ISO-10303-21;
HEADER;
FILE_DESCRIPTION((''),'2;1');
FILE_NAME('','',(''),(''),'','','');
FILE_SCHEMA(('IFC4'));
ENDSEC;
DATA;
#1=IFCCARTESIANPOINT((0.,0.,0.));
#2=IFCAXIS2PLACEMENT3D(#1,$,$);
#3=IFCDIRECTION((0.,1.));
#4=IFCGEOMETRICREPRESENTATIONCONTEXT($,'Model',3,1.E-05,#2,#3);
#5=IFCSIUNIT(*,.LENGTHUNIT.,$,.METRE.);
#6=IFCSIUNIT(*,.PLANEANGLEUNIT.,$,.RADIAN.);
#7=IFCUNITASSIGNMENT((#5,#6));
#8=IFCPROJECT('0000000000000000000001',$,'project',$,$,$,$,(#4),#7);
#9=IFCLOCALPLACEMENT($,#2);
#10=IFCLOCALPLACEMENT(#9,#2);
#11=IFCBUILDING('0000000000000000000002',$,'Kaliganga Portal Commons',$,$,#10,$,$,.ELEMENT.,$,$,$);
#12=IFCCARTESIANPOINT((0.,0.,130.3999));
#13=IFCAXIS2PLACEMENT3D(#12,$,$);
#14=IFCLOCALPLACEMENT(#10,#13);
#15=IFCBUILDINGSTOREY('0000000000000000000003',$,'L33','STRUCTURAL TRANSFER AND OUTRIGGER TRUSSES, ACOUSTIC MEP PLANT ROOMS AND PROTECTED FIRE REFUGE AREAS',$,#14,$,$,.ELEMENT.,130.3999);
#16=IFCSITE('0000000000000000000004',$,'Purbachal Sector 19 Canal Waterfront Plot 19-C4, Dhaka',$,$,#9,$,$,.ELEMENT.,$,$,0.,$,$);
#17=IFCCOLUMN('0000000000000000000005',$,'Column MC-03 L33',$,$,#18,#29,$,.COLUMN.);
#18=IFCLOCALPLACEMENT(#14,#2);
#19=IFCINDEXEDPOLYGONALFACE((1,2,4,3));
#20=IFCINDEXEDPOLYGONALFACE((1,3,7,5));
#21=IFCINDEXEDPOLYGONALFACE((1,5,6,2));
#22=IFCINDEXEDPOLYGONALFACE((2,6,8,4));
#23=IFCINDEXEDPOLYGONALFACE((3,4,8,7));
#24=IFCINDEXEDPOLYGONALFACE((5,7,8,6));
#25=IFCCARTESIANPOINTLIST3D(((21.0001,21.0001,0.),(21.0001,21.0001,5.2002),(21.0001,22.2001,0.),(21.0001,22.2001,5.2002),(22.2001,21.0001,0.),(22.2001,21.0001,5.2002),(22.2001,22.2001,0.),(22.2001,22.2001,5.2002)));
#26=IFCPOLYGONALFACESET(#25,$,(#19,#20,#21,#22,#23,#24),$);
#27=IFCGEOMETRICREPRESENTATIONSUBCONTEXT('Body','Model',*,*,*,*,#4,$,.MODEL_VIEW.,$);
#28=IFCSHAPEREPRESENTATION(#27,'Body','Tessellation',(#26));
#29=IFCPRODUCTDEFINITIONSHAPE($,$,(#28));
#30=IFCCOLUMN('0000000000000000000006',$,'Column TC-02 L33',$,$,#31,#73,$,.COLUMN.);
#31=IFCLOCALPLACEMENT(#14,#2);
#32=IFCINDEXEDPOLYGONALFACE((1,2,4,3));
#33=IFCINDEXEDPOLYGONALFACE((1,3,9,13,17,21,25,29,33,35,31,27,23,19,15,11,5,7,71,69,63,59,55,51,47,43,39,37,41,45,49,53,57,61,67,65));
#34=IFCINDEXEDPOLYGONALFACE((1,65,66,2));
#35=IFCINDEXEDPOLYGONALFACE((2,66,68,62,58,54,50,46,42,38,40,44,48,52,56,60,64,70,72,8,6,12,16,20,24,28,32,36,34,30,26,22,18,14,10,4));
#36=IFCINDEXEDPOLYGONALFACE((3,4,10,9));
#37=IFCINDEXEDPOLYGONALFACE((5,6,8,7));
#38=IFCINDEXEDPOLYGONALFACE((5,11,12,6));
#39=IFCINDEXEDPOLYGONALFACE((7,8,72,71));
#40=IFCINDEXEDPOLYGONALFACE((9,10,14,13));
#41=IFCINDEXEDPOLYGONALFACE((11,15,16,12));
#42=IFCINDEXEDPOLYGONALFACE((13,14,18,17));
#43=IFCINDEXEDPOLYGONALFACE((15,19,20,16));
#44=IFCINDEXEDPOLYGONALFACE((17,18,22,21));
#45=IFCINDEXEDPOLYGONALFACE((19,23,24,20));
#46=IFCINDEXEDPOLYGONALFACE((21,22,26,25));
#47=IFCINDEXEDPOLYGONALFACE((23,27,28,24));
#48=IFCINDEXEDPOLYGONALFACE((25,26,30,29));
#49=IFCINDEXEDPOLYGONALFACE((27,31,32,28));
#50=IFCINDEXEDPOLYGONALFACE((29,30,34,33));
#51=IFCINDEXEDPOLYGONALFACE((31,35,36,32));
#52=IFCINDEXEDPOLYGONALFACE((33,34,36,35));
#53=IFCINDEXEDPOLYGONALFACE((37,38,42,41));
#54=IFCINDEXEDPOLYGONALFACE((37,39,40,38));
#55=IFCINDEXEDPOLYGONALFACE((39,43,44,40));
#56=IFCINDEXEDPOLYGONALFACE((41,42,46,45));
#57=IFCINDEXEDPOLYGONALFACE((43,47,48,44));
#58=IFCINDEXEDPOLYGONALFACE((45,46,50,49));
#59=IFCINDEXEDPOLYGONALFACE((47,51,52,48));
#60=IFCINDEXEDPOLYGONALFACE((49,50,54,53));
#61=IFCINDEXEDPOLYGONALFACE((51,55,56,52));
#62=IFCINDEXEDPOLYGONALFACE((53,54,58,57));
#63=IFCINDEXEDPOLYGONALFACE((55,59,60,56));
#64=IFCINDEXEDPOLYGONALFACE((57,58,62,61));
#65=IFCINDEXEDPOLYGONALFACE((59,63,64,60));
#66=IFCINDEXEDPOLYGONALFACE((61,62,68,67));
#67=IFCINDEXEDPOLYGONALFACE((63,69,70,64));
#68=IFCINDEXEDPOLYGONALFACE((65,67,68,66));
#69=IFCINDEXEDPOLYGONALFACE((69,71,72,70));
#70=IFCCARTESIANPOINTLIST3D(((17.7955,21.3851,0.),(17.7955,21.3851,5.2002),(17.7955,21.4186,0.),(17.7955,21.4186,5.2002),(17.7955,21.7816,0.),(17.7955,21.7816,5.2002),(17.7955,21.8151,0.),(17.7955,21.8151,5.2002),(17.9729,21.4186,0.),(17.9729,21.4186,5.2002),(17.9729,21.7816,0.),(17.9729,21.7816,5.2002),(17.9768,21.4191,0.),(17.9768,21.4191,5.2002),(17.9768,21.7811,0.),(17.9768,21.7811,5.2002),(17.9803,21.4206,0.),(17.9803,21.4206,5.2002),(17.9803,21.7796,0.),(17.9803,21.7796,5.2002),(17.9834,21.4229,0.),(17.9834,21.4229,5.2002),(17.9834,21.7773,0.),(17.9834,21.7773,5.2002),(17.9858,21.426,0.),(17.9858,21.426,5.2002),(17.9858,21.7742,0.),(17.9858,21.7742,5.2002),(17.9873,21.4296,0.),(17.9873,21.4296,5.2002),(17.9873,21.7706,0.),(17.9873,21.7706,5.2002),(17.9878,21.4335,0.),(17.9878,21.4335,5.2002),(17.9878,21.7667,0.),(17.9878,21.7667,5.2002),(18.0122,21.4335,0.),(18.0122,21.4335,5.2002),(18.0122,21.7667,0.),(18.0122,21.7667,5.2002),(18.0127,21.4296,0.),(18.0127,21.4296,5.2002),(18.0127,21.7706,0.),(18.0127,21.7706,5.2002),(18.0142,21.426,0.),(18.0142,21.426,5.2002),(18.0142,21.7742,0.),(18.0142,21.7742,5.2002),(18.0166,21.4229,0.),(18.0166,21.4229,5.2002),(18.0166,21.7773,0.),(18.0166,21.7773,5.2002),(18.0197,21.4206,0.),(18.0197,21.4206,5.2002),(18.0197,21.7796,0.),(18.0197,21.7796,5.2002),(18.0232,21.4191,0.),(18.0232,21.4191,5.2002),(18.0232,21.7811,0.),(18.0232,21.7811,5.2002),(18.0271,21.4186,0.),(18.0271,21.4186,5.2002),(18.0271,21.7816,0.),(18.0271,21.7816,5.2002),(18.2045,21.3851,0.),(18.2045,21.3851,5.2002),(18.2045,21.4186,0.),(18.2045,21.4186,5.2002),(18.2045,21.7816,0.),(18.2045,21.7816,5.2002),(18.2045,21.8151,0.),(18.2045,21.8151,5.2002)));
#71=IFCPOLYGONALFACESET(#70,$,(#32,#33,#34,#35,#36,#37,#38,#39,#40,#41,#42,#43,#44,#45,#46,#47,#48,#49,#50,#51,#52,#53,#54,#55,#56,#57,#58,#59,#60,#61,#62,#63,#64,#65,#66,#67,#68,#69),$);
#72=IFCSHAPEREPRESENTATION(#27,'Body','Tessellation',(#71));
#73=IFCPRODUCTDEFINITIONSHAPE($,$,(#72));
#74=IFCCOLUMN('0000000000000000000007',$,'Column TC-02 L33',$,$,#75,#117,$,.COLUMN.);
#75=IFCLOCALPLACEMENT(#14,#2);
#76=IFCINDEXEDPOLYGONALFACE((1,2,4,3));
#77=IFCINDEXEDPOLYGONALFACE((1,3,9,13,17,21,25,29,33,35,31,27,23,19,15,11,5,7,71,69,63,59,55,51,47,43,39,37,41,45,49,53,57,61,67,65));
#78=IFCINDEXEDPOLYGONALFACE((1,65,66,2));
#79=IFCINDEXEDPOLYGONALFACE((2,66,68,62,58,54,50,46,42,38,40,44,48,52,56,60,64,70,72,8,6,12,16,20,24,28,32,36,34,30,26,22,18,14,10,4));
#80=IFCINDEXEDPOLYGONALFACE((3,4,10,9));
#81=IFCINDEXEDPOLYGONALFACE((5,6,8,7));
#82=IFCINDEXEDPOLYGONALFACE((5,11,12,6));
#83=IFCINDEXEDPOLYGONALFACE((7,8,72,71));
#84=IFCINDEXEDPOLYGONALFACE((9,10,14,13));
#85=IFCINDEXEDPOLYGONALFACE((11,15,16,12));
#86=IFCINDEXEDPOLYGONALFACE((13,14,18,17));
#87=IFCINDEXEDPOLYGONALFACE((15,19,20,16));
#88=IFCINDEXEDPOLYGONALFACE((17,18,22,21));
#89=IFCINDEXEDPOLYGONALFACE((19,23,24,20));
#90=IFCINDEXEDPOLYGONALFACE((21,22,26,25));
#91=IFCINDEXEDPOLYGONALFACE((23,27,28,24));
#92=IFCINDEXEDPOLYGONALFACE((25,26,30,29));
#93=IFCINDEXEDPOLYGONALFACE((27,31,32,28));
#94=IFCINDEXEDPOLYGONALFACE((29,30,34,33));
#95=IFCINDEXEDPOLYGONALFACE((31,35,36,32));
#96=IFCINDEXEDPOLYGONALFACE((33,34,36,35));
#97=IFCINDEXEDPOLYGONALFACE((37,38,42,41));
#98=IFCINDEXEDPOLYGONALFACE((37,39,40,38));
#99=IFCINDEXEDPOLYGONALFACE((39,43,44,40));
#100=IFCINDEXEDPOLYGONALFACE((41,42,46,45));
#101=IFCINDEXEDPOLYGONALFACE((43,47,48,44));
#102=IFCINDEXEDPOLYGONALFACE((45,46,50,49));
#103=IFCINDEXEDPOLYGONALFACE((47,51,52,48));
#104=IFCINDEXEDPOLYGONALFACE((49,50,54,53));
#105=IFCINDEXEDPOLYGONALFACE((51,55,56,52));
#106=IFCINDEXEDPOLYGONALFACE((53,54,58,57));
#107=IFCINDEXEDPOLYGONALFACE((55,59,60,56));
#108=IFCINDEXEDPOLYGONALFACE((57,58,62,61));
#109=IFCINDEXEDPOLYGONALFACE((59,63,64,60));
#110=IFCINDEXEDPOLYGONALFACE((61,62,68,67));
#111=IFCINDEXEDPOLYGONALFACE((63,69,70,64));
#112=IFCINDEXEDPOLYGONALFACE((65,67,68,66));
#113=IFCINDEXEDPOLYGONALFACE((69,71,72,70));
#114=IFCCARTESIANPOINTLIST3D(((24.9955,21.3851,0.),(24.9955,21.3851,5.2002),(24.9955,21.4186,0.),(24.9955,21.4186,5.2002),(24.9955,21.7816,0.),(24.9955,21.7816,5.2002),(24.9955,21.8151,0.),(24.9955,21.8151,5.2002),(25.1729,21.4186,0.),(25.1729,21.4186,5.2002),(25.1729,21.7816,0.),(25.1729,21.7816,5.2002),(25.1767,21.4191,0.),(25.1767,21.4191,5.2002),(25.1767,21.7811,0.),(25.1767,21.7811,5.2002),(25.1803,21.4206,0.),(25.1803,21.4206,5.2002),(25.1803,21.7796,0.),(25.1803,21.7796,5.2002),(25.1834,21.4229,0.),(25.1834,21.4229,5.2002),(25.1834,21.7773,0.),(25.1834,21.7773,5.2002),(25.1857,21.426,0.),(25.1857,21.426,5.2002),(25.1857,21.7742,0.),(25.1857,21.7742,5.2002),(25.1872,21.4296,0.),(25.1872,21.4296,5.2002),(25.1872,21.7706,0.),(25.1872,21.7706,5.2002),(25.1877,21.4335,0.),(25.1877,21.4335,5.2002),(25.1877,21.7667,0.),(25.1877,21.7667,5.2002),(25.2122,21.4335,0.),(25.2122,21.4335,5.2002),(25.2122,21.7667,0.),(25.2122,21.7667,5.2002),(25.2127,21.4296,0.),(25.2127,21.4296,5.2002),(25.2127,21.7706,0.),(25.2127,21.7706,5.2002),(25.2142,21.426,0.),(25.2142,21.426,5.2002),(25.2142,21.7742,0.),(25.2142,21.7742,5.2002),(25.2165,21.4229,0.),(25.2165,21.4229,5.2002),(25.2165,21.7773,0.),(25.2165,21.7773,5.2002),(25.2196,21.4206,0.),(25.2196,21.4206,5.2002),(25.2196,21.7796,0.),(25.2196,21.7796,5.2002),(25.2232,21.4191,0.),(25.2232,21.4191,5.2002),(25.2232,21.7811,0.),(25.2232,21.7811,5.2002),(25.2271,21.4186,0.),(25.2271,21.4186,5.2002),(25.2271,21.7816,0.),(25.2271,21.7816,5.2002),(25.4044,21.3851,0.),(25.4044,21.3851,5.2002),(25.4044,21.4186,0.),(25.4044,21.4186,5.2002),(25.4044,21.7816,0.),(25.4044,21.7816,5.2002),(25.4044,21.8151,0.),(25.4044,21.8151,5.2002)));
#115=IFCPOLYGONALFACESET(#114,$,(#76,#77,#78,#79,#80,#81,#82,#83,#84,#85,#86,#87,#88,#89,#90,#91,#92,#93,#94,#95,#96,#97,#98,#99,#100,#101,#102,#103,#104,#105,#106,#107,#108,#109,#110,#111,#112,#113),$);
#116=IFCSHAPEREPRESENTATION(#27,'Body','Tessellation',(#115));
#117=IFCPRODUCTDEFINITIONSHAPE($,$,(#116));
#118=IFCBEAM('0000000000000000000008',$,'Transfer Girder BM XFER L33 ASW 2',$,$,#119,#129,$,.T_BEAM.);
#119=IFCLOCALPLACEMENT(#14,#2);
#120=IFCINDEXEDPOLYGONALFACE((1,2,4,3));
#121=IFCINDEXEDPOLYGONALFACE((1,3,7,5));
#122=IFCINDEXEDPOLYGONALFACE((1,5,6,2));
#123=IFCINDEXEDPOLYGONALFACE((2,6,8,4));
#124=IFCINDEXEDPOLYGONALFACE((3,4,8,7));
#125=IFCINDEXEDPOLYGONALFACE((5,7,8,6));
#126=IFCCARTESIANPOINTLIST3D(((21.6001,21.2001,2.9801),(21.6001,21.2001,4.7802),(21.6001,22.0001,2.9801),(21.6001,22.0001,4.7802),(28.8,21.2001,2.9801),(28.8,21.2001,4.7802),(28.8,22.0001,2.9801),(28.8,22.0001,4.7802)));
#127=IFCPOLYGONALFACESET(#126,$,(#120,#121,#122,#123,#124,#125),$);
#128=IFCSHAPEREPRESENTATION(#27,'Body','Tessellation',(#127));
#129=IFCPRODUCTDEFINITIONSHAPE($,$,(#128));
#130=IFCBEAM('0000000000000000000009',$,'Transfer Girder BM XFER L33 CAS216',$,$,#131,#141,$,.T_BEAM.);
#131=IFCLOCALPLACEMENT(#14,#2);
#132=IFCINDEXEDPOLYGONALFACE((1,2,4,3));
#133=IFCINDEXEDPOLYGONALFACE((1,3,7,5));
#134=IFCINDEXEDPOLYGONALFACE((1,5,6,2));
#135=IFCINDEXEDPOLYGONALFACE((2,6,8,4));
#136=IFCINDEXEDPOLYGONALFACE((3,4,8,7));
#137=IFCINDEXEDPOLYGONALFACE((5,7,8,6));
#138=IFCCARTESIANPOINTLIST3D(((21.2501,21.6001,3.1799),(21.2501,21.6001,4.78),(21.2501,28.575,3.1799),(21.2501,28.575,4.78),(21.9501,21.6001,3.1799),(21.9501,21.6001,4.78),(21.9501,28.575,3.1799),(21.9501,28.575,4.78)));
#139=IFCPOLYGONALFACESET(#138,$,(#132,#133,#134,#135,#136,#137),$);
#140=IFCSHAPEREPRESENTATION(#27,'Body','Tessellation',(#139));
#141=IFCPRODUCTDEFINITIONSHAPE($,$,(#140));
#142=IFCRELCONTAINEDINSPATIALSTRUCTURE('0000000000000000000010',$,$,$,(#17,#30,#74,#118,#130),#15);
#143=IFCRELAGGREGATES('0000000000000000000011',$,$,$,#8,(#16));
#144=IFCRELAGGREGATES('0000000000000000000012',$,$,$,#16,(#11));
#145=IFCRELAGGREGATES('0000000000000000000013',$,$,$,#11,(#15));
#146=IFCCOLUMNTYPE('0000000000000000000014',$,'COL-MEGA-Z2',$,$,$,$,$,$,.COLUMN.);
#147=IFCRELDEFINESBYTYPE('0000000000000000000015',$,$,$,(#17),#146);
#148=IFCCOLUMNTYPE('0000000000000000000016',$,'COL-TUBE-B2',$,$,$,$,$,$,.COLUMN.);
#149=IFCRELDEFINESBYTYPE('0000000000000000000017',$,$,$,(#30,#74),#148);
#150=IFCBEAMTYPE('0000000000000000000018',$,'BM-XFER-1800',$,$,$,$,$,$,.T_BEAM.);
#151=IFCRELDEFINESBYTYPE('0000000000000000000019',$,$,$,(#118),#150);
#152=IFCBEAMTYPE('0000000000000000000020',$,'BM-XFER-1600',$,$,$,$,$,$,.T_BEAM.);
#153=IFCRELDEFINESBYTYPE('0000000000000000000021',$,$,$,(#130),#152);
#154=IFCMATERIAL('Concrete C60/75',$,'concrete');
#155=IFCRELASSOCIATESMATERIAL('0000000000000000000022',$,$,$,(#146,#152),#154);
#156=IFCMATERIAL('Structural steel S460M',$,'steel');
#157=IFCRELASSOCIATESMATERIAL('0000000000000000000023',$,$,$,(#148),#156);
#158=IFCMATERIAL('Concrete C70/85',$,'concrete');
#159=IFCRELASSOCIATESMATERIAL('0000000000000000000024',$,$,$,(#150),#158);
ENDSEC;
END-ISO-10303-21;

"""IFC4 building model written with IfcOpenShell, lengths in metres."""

from ifc_helpers import new_model, si_unit, direction, frame, origin, origin_2d, place, context, subcontext, project, spatial, rectangle, i_section, extrude, source, transform, mapped, material, material_profile, profile_set, type_object, element, save


model = new_model("IFC4")

# Units and contexts
model_context = context("Model", 3, precision=1e-05, world=origin(), true_north=direction((0.0, 1.0)))
body_context = subcontext(model_context, "Body", "Model", "MODEL_VIEW")
ifc_project = project(units=[si_unit("LENGTHUNIT", "METRE"), si_unit("PLANEANGLEUNIT", "RADIAN")], contexts=[model_context])

# Site, building, storey
site_placement = place(None, origin())
site = spatial("IfcSite", under=ifc_project, at=site_placement, Name="Purbachal Sector 19 Canal Waterfront Plot 19-C4, Dhaka", CompositionType="ELEMENT", RefElevation=0.0)
building_placement = place(site_placement, origin())
building = spatial("IfcBuilding", under=site, at=building_placement, Name="Kaliganga Portal Commons", CompositionType="ELEMENT")
storey_placement = place(building_placement, frame((0.0, 0.0, 130.3999)))
storey = spatial("IfcBuildingStorey", under=building, at=storey_placement, Name="L33", Description="STRUCTURAL TRANSFER AND OUTRIGGER TRUSSES, ACOUSTIC MEP PLANT ROOMS AND PROTECTED FIRE REFUGE AREAS", CompositionType="ELEMENT", Elevation=130.3999)

# Columns
ifc_material_1 = material(Name="Concrete C60/75", Category="concrete")
ifc_material_profile_1 = material_profile(ifc_material_1, rectangle(XDim=1.2, YDim=1.2, at=origin_2d()), Name="RC 1200x1200")
ifc_profile_set_1 = profile_set([ifc_material_profile_1], Name="Concrete C60/75")
column_type_1 = type_object("IfcColumnType", Name="COL-MEGA-Z2", PredefinedType="COLUMN", material=ifc_profile_set_1)
shared_shape_1 = source(origin(), body_context, "Body", "SweptSolid", [
    extrude(rectangle(XDim=1.2, YDim=1.2, at=origin_2d()), origin(), (0.0, 0.0, 1.0), 5.2002),
])
column_placement = place(storey_placement, frame((21.6001, 21.6001, 0.0), z_axis=(0.0, 0.0, 1.0), x_axis=(1.0, 0.0, 0.0)))
element("IfcColumn", 1, at=column_placement, inside=storey, type_object=column_type_1, Name="Column MC-03 L33", PredefinedType="COLUMN", context=body_context, shape_type="MappedRepresentation", body=[
    mapped(shared_shape_1, transform((0.0, 0.0, 0.0), x_axis=(1.0, 0.0, 0.0), y_axis=(0.0, 1.0, 0.0), z_axis=(0.0, 0.0, 1.0), scale=1.0)),
])
ifc_material_2 = material(Name="Structural steel S460M", Category="steel")
ifc_material_profile_2 = material_profile(ifc_material_2, i_section(OverallWidth=0.4089, OverallDepth=0.4299, WebThickness=0.0244, FlangeThickness=0.0334, FilletRadius=0.0149, at=origin_2d()), Name="HD 400x421")
ifc_profile_set_2 = profile_set([ifc_material_profile_2], Name="Structural steel S460M wide-flange")
column_type_2 = type_object("IfcColumnType", Name="COL-TUBE-B2", PredefinedType="COLUMN", material=ifc_profile_set_2)
shared_shape_2 = source(origin(), body_context, "Body", "SweptSolid", [
    extrude(i_section(OverallWidth=0.4089, OverallDepth=0.4299, WebThickness=0.0244, FlangeThickness=0.0334, FilletRadius=0.0149, at=origin_2d()), origin(), (0.0, 0.0, 1.0), 5.2002),
])
for number, where, z_axis, x_axis, name in (
    (2, (18.0, 21.6001, 0.0), (0.0, 0.0, 1.0), (1.0, 0.0, 0.0), "Column TC-02 L33"),
    (3, (25.2, 21.6001, 0.0), (0.0, 0.0, 1.0), (1.0, 0.0, 0.0), "Column TC-02 L33"),
):
    element("IfcColumn", number, at=place(storey_placement, frame(where, z_axis=z_axis, x_axis=x_axis)), inside=storey, type_object=column_type_2, Name=name, PredefinedType="COLUMN", context=body_context, shape_type="MappedRepresentation", body=[
        mapped(shared_shape_2, transform((0.0, 0.0, 0.0), x_axis=(1.0, 0.0, 0.0), y_axis=(0.0, 1.0, 0.0), z_axis=(0.0, 0.0, 1.0), scale=1.0)),
    ])

# Beams
ifc_material_3 = material(Name="Concrete C70/85", Category="concrete")
ifc_material_profile_3 = material_profile(ifc_material_3, rectangle(XDim=0.8, YDim=1.8, at=origin_2d()), Name="RC 800x1800")
ifc_profile_set_3 = profile_set([ifc_material_profile_3], Name="Concrete C70/85")
beam_type_1 = type_object("IfcBeamType", Name="BM-XFER-1800", PredefinedType="T_BEAM", material=ifc_profile_set_3)
shared_shape_3 = source(origin(), body_context, "Body", "SweptSolid", [
    extrude(rectangle(XDim=0.8, YDim=1.8, at=origin_2d()), origin(), (0.0, 0.0, 1.0), 7.2),
])
beam_1_placement = place(storey_placement, frame((21.6001, 21.6001, 3.8801), z_axis=(1.0, 0.0, 0.0), x_axis=(0.0, 1.0, 0.0)))
element("IfcBeam", 4, at=beam_1_placement, inside=storey, type_object=beam_type_1, Name="Transfer Girder BM XFER L33 ASW 2", PredefinedType="T_BEAM", context=body_context, shape_type="MappedRepresentation", body=[
    mapped(shared_shape_3, transform((0.0, 0.0, 0.0), x_axis=(1.0, 0.0, 0.0), y_axis=(0.0, 1.0, 0.0), z_axis=(0.0, 0.0, 1.0), scale=1.0)),
])
ifc_material_profile_4 = material_profile(ifc_material_1, rectangle(XDim=0.7, YDim=1.6001, at=origin_2d()), Name="RC 700x1600")
ifc_profile_set_4 = profile_set([ifc_material_profile_4], Name="Concrete C60/75")
beam_type_2 = type_object("IfcBeamType", Name="BM-XFER-1600", PredefinedType="T_BEAM", material=ifc_profile_set_4)
shared_shape_4 = source(origin(), body_context, "Body", "SweptSolid", [
    extrude(rectangle(XDim=0.7, YDim=1.6001, at=origin_2d()), origin(), (0.0, 0.0, 1.0), 6.9749),
])
beam_2_placement = place(storey_placement, frame((21.6001, 21.6001, 3.98), z_axis=(0.0, 1.0, 0.0), x_axis=(-1.0, 0.0, 0.0)))
element("IfcBeam", 5, at=beam_2_placement, inside=storey, type_object=beam_type_2, Name="Transfer Girder BM XFER L33 CAS216", PredefinedType="T_BEAM", context=body_context, shape_type="MappedRepresentation", body=[
    mapped(shared_shape_4, transform((0.0, 0.0, 0.0), x_axis=(1.0, 0.0, 0.0), y_axis=(0.0, 1.0, 0.0), z_axis=(0.0, 0.0, 1.0), scale=1.0)),
])

save(model, "model.ifc")
